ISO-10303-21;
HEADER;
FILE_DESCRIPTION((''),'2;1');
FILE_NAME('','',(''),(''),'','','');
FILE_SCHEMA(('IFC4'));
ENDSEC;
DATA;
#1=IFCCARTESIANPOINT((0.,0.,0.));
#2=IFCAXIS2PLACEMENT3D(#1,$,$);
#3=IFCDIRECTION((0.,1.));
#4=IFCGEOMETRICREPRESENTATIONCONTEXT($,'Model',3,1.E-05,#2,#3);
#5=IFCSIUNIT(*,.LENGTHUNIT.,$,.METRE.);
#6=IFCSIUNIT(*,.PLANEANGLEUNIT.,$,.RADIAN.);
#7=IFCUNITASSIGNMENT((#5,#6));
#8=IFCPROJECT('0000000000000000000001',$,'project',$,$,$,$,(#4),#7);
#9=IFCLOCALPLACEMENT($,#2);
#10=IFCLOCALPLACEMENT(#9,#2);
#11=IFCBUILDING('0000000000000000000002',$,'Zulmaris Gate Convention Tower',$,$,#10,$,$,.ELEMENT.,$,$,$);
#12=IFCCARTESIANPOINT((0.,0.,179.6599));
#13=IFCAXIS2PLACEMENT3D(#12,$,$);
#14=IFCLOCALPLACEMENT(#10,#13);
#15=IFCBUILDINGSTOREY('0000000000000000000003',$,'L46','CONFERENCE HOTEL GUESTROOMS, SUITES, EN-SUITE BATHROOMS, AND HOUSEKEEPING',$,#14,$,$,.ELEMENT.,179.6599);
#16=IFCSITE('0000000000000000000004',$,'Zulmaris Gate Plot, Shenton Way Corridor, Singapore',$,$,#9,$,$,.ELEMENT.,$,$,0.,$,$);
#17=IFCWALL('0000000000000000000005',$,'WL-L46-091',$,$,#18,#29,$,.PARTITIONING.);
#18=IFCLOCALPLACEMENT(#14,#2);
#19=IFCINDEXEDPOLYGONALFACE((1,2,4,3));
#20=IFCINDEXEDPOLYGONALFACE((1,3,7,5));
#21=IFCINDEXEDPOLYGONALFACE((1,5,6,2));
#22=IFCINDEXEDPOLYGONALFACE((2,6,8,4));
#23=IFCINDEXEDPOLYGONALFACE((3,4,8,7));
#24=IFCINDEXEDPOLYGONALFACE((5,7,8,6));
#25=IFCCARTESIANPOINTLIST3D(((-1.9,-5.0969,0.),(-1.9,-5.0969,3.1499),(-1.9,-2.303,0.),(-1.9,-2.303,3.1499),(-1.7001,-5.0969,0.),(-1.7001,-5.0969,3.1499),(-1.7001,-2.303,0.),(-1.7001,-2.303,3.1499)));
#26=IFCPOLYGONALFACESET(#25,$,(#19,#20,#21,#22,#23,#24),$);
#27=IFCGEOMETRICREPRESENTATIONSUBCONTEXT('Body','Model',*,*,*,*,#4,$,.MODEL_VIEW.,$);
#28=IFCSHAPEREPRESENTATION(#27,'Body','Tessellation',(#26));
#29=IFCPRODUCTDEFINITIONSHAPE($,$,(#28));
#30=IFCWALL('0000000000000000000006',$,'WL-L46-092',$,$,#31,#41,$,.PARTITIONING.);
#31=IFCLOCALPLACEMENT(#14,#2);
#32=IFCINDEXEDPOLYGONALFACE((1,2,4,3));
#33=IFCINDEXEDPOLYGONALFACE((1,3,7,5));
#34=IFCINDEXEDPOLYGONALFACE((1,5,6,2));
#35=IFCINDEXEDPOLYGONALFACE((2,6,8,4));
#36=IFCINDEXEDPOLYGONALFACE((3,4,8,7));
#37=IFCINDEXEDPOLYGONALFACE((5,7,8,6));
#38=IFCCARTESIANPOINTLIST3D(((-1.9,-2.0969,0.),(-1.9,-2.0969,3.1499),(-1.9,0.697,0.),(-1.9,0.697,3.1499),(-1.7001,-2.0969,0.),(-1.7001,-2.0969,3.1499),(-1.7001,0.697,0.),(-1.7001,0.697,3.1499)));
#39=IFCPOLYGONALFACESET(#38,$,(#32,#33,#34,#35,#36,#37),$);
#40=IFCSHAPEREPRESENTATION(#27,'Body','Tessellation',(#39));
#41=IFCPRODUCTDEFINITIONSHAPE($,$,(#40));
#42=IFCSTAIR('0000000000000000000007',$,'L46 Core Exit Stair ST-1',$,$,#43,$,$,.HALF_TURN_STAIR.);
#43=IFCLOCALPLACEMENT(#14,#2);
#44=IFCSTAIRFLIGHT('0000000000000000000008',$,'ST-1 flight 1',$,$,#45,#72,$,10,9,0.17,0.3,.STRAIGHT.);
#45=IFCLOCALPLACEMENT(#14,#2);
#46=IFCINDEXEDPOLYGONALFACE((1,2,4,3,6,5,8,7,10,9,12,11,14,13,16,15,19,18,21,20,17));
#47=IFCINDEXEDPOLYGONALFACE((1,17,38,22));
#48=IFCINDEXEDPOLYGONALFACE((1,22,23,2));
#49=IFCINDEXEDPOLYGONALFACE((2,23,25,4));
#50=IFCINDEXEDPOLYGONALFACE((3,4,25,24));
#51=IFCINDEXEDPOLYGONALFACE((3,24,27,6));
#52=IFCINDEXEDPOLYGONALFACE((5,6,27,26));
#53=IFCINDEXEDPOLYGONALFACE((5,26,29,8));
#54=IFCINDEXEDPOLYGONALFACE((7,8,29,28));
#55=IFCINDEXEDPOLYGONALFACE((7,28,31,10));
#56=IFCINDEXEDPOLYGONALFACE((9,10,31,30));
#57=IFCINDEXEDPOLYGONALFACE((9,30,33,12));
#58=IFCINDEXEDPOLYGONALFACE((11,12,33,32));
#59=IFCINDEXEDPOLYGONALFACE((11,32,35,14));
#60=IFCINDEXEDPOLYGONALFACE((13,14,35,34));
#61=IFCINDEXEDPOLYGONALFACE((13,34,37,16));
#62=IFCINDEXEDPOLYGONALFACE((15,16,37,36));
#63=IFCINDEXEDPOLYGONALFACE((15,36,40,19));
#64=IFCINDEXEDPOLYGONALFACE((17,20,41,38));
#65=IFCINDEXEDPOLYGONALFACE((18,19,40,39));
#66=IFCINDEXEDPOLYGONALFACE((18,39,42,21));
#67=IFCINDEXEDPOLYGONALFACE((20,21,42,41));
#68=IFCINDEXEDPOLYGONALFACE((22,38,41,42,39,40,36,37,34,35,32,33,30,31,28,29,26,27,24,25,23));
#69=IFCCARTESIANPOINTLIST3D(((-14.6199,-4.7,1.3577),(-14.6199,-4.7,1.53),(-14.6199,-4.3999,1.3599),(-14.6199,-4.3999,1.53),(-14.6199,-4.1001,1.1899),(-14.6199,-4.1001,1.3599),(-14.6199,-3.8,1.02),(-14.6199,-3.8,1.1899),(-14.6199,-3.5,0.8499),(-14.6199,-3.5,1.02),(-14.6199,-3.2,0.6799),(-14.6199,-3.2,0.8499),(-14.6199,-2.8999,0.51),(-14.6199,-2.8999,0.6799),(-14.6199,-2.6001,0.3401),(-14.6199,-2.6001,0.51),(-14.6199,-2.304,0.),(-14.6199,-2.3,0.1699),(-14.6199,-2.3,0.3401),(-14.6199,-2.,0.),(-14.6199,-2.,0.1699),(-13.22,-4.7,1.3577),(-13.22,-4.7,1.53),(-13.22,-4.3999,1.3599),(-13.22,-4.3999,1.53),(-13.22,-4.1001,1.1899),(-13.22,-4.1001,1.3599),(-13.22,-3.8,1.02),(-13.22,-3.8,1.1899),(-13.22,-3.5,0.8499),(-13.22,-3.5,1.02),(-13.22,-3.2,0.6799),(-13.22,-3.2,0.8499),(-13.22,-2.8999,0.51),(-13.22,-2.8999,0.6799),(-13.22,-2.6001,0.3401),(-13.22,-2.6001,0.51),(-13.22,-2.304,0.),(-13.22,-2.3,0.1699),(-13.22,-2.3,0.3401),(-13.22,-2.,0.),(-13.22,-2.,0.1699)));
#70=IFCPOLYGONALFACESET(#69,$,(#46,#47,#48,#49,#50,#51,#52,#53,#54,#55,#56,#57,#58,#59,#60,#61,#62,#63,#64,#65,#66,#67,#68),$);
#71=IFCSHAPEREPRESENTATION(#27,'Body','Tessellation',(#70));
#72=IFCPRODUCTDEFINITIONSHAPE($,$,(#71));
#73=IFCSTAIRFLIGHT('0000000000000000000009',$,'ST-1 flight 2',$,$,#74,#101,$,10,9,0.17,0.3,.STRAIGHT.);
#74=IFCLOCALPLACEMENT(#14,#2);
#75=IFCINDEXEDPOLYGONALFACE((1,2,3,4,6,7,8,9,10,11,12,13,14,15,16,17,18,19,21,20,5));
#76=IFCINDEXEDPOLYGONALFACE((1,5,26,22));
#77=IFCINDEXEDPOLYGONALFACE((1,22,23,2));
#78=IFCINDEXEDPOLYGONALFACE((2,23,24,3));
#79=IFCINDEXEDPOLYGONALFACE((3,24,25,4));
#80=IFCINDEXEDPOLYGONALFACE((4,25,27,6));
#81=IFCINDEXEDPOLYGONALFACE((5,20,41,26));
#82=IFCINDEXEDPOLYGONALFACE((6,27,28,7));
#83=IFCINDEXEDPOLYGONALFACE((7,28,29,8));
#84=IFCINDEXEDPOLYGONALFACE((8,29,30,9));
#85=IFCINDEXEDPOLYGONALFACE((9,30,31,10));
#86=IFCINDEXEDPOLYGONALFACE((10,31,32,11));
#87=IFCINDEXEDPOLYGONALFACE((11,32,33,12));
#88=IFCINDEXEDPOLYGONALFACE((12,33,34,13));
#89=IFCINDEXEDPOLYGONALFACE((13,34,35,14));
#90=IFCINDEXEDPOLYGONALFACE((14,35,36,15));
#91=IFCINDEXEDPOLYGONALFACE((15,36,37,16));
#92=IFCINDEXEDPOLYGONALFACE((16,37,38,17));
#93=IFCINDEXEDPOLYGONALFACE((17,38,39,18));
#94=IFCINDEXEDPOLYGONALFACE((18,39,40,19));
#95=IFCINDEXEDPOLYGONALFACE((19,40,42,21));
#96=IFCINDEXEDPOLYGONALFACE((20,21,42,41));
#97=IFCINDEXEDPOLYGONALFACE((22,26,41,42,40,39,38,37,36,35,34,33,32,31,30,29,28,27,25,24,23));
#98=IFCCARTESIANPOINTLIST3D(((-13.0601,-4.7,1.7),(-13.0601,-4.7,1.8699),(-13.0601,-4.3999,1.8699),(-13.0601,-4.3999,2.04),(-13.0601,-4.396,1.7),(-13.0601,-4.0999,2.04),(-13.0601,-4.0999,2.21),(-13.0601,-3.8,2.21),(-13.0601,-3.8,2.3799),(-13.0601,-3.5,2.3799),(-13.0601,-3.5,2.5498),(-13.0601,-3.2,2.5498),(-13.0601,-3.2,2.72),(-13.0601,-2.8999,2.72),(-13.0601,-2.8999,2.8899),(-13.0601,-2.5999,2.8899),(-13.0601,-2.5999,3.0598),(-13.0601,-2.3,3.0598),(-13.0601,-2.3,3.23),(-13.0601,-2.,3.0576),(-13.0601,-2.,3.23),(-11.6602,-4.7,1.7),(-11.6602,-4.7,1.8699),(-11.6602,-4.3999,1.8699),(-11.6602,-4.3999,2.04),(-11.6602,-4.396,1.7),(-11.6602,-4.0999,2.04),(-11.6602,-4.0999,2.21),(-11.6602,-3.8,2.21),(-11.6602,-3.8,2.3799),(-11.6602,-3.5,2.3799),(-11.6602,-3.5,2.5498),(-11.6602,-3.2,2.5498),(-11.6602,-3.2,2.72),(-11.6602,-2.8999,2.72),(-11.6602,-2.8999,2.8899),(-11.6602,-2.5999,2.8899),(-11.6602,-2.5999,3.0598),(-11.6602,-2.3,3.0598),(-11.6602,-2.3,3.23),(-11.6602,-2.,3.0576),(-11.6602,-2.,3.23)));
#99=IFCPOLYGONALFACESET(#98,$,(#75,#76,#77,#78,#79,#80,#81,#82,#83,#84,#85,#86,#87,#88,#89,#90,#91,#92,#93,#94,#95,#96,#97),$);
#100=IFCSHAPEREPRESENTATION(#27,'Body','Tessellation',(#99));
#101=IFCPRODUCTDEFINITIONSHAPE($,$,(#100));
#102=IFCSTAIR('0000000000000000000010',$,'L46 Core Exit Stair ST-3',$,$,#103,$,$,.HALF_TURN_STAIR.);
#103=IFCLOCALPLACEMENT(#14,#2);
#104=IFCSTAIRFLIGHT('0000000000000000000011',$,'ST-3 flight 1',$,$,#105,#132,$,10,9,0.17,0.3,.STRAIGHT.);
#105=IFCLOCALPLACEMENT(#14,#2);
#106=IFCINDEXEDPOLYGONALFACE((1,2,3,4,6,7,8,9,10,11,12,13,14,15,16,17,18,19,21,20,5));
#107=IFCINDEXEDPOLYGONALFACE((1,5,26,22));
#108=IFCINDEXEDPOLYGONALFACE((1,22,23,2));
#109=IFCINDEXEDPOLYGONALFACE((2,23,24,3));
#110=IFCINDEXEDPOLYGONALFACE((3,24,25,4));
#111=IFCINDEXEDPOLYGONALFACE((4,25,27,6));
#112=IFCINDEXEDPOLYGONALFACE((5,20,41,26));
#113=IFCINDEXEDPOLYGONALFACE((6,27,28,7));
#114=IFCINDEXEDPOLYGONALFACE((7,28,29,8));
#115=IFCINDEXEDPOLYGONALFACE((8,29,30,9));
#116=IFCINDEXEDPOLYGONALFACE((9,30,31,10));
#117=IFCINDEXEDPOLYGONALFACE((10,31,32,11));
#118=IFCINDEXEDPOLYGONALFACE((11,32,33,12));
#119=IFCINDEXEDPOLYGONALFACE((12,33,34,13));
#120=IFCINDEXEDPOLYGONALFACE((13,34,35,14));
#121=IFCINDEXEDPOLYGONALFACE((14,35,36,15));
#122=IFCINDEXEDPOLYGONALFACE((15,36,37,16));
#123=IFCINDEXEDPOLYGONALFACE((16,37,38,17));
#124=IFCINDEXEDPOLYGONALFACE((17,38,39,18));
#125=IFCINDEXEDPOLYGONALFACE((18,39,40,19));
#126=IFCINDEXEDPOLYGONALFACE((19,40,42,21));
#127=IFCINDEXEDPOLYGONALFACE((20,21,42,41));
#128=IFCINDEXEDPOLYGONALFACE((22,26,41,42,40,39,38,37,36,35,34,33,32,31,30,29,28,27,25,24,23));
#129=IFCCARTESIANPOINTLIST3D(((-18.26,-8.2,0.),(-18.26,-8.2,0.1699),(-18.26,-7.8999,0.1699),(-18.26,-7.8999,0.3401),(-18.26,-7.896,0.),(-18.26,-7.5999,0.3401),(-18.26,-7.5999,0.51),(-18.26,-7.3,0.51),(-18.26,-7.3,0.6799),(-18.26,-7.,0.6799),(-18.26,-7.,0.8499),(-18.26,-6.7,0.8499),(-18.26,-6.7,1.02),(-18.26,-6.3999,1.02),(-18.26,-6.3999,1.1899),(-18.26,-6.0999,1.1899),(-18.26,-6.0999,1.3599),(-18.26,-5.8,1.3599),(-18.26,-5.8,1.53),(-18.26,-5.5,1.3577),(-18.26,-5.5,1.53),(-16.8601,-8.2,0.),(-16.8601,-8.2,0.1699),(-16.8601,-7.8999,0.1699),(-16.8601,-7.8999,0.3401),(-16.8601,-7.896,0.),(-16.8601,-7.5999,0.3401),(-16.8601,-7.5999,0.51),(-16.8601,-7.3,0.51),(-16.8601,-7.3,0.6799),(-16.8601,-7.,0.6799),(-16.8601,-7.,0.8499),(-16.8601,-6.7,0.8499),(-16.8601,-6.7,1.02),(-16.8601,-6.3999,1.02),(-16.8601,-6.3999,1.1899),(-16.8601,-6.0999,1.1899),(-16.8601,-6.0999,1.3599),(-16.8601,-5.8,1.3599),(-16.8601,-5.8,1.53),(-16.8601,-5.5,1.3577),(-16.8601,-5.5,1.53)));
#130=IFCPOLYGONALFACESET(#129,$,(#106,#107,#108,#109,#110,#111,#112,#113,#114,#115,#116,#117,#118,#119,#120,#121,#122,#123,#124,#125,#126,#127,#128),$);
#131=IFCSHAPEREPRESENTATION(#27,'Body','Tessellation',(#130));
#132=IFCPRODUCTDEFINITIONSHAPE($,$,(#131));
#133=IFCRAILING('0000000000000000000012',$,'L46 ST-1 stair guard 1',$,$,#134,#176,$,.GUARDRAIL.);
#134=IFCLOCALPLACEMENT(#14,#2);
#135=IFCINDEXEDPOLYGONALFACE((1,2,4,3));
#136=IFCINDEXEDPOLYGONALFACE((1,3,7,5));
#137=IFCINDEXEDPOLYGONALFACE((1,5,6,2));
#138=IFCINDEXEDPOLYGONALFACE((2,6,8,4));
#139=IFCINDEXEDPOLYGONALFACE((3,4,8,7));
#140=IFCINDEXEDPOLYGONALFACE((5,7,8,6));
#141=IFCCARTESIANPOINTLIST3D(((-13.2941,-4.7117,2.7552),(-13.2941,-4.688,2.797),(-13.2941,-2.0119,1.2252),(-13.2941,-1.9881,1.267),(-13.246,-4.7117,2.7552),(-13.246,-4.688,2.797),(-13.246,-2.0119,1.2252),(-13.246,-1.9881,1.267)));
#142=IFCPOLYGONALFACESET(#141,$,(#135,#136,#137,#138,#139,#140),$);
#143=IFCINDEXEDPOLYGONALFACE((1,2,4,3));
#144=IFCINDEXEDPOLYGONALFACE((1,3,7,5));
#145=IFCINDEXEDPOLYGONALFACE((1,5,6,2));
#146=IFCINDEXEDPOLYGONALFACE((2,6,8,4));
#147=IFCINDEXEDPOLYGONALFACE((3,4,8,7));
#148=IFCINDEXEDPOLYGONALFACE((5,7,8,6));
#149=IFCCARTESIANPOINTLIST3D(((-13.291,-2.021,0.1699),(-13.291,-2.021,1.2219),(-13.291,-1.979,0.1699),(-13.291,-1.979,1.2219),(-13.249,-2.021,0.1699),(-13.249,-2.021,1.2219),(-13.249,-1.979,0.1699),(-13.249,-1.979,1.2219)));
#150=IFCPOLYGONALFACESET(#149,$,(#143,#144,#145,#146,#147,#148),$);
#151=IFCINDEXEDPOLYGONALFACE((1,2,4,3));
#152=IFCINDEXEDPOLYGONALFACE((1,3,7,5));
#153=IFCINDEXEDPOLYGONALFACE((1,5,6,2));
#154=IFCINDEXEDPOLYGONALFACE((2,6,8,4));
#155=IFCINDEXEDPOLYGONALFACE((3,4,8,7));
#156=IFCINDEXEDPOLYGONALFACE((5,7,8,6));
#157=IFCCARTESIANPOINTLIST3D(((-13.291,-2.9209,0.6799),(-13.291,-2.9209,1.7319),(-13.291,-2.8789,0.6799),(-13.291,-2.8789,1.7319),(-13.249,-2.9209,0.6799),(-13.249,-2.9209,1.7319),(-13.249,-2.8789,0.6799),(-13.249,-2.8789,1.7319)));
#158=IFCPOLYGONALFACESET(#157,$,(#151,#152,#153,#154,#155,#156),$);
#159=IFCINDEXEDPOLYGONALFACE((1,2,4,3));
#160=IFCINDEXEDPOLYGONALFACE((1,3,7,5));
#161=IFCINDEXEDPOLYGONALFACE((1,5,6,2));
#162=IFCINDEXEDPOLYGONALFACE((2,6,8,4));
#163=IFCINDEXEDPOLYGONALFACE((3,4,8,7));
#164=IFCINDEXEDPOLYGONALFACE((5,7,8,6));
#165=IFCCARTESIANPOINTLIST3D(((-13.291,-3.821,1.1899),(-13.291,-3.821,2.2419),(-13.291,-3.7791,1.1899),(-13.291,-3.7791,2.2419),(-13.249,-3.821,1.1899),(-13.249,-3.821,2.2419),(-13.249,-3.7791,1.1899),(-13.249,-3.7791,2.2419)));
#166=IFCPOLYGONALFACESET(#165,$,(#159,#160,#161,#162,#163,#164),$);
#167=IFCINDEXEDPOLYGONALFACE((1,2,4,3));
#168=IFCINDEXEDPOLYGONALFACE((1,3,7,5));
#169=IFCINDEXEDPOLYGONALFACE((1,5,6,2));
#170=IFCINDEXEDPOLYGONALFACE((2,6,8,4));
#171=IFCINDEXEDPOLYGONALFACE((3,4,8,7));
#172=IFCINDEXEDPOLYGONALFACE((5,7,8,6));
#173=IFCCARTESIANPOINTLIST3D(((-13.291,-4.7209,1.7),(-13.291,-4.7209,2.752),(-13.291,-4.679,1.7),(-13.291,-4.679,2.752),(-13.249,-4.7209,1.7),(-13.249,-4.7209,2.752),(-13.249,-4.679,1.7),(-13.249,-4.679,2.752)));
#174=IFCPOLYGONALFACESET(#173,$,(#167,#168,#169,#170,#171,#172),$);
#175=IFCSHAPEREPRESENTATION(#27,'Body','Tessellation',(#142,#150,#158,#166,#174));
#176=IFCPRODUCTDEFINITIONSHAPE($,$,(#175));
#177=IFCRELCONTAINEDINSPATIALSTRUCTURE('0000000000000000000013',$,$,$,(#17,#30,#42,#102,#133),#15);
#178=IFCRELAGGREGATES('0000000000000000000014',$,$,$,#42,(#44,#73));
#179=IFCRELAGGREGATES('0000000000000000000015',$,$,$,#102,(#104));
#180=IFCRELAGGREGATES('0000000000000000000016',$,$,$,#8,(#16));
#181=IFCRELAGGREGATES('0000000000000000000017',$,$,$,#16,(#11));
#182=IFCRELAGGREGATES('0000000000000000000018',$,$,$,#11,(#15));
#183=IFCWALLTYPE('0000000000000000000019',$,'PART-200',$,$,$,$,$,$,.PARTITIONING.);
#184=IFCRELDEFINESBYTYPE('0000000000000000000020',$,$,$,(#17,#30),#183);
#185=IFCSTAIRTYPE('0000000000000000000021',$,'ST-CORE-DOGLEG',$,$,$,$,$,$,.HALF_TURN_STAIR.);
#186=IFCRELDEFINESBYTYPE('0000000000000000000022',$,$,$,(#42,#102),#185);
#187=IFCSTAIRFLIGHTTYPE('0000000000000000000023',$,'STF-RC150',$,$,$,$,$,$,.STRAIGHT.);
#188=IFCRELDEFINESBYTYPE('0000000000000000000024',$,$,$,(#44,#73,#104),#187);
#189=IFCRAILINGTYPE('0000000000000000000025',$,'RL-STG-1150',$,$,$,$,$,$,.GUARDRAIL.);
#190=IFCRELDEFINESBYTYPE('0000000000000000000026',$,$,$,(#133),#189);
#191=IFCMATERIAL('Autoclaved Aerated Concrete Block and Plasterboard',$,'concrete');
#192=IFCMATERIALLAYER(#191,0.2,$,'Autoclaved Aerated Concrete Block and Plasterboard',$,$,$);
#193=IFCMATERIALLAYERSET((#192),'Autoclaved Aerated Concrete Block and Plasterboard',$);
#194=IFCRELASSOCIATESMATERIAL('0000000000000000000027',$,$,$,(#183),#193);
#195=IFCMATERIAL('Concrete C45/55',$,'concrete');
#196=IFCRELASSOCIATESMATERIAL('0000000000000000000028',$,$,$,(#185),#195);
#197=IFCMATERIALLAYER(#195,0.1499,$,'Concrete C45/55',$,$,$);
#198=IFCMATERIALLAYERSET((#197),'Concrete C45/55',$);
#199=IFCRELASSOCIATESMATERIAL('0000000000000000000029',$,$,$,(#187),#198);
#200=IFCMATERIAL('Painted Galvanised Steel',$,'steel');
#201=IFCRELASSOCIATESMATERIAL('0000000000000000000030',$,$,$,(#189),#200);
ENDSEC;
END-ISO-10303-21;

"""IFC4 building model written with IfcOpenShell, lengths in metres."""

from ifc_helpers import new_model, si_unit, direction, frame, frame_2d, origin, origin_2d, place, context, subcontext, project, spatial, polyline, rectangle, outline, extrude, material, layer, layer_set, type_object, element, aggregate, save


model = new_model("IFC4")

# Units and contexts
model_context = context("Model", 3, precision=1e-05, world=origin(), true_north=direction((0.0, 1.0)))
body_context = subcontext(model_context, "Body", "Model", "MODEL_VIEW")
ifc_project = project(units=[si_unit("LENGTHUNIT", "METRE"), si_unit("PLANEANGLEUNIT", "RADIAN")], contexts=[model_context])

# Site, building, storey
site_placement = place(None, origin())
site = spatial("IfcSite", under=ifc_project, at=site_placement, Name="Zulmaris Gate Plot, Shenton Way Corridor, Singapore", CompositionType="ELEMENT", RefElevation=0.0)
building_placement = place(site_placement, origin())
building = spatial("IfcBuilding", under=site, at=building_placement, Name="Zulmaris Gate Convention Tower", CompositionType="ELEMENT")
storey_placement = place(building_placement, frame((0.0, 0.0, 179.6599)))
storey = spatial("IfcBuildingStorey", under=building, at=storey_placement, Name="L46", Description="CONFERENCE HOTEL GUESTROOMS, SUITES, EN-SUITE BATHROOMS, AND HOUSEKEEPING", CompositionType="ELEMENT", Elevation=179.6599)

# Walls
ifc_material_1 = material(Name="Autoclaved Aerated Concrete Block and Plasterboard", Category="concrete")
ifc_layer_1 = layer(ifc_material_1, 0.2, Name="Autoclaved Aerated Concrete Block and Plasterboard")
ifc_layer_set_1 = layer_set([ifc_layer_1], Name="Autoclaved Aerated Concrete Block and Plasterboard")
wall_type_1 = type_object("IfcWallType", Name="PART-200", PredefinedType="PARTITIONING", material=ifc_layer_set_1)
for number, where, z_axis, x_axis, name in (
    (1, (-1.8, -5.0969, 0.0), (0.0, 0.0, 1.0), (0.0, 1.0, 0.0), "WL-L46-091"),
    (2, (-1.8, -2.0969, 0.0), (0.0, 0.0, 1.0), (0.0, 1.0, 0.0), "WL-L46-092"),
):
    element("IfcWall", number, at=place(storey_placement, frame(where, z_axis=z_axis, x_axis=x_axis)), inside=storey, type_object=wall_type_1, Name=name, PredefinedType="PARTITIONING", context=body_context, shape_type="SweptSolid", body=[
        extrude(rectangle(XDim=2.7939, YDim=0.2, at=frame_2d((1.397, 0.0))), origin(), (0.0, 0.0, 1.0), 3.1499),
    ])

# Stair, stair flights
ifc_material_2 = material(Name="Concrete C45/55", Category="concrete")
stair_type = type_object("IfcStairType", Name="ST-CORE-DOGLEG", PredefinedType="HALF_TURN_STAIR", material=ifc_material_2)
stair_1_placement = place(storey_placement, origin())
stair_1 = element("IfcStair", 3, at=stair_1_placement, inside=storey, type_object=stair_type, Name="L46 Core Exit Stair ST-1", PredefinedType="HALF_TURN_STAIR")
ifc_layer_2 = layer(ifc_material_2, 0.1499, Name="Concrete C45/55")
ifc_layer_set_2 = layer_set([ifc_layer_2], Name="Concrete C45/55")
stair_flight_type = type_object("IfcStairFlightType", Name="STF-RC150", PredefinedType="STRAIGHT", material=ifc_layer_set_2)
stair_flight_1_placement = place(storey_placement, frame((-13.9199, -2.0, 0.0), z_axis=(0.0, 0.0, 1.0), x_axis=(0.0, -1.0, 0.0)))
stair_flight_1 = element("IfcStairFlight", 4, at=stair_flight_1_placement, type_object=stair_flight_type, Name="ST-1 flight 1", NumberOfRisers=10, NumberOfTreads=9, PredefinedType="STRAIGHT", RiserHeight=0.17, TreadLength=0.3, context=body_context, shape_type="SweptSolid", body=[
    extrude(outline(polyline([(0.0, 0.0), (0.0, 0.1699), (0.3, 0.1699), (0.3, 0.3401), (0.6001, 0.3401), (0.6001, 0.51), (0.8999, 0.51), (0.8999, 0.6799), (1.2, 0.6799), (1.2, 0.8499), (1.5, 0.8499), (1.5, 1.02), (1.8, 1.02), (1.8, 1.1899), (2.1001, 1.1899), (2.1001, 1.3599), (2.3999, 1.3599), (2.3999, 1.53), (2.7, 1.53), (2.7, 1.7), (2.7, 1.3577), (0.304, 0.0), (0.0, 0.0)])), frame((0.0, 0.7, 0.0), z_axis=(0.0, -1.0, 0.0), x_axis=(1.0, 0.0, 0.0)), (0.0, 0.0, 1.0), 1.3999),
])
stair_flight_2_placement = place(storey_placement, frame((-12.3601, -4.7, 1.7), z_axis=(0.0, 0.0, 1.0), x_axis=(0.0, 1.0, 0.0)))
stair_flight_2 = element("IfcStairFlight", 5, at=stair_flight_2_placement, type_object=stair_flight_type, Name="ST-1 flight 2", NumberOfRisers=10, NumberOfTreads=9, PredefinedType="STRAIGHT", RiserHeight=0.17, TreadLength=0.3, context=body_context, shape_type="SweptSolid", body=[
    extrude(outline(polyline([(0.0, 0.0), (0.0, 0.1699), (0.3, 0.1699), (0.3, 0.3401), (0.6001, 0.3401), (0.6001, 0.51), (0.8999, 0.51), (0.8999, 0.6799), (1.2, 0.6799), (1.2, 0.8499), (1.5, 0.8499), (1.5, 1.02), (1.8, 1.02), (1.8, 1.1899), (2.1001, 1.1899), (2.1001, 1.3599), (2.3999, 1.3599), (2.3999, 1.53), (2.7, 1.53), (2.7, 1.7), (2.7, 1.3577), (0.304, 0.0), (0.0, 0.0)])), frame((0.0, 0.7, 0.0), z_axis=(0.0, -1.0, 0.0), x_axis=(1.0, 0.0, 0.0)), (0.0, 0.0, 1.0), 1.3999),
])
aggregate(stair_1, [stair_flight_1, stair_flight_2])

# Stair, stair flight
stair_2_placement = place(storey_placement, origin())
stair_2 = element("IfcStair", 6, at=stair_2_placement, inside=storey, type_object=stair_type, Name="L46 Core Exit Stair ST-3", PredefinedType="HALF_TURN_STAIR")
stair_flight_3_placement = place(storey_placement, frame((-17.5601, -8.2, 0.0), z_axis=(0.0, 0.0, 1.0), x_axis=(0.0, 1.0, 0.0)))
stair_flight_3 = element("IfcStairFlight", 7, at=stair_flight_3_placement, type_object=stair_flight_type, Name="ST-3 flight 1", NumberOfRisers=10, NumberOfTreads=9, PredefinedType="STRAIGHT", RiserHeight=0.17, TreadLength=0.3, context=body_context, shape_type="SweptSolid", body=[
    extrude(outline(polyline([(0.0, 0.0), (0.0, 0.1699), (0.3, 0.1699), (0.3, 0.3401), (0.6001, 0.3401), (0.6001, 0.51), (0.8999, 0.51), (0.8999, 0.6799), (1.2, 0.6799), (1.2, 0.8499), (1.5, 0.8499), (1.5, 1.02), (1.8, 1.02), (1.8, 1.1899), (2.1001, 1.1899), (2.1001, 1.3599), (2.3999, 1.3599), (2.3999, 1.53), (2.7, 1.53), (2.7, 1.7), (2.7, 1.3577), (0.304, 0.0), (0.0, 0.0)])), frame((0.0, 0.7, 0.0), z_axis=(0.0, -1.0, 0.0), x_axis=(1.0, 0.0, 0.0)), (0.0, 0.0, 1.0), 1.3999),
])
aggregate(stair_2, [stair_flight_3])

# Railing
ifc_material_3 = material(Name="Painted Galvanised Steel", Category="steel")
railing_type_1 = type_object("IfcRailingType", Name="RL-STG-1150", PredefinedType="GUARDRAIL", material=ifc_material_3)
railing_1_placement = place(storey_placement, frame((-13.27, -2.0, 0.1699)))
element("IfcRailing", 8, at=railing_1_placement, inside=storey, type_object=railing_type_1, Name="L46 ST-1 stair guard 1", PredefinedType="GUARDRAIL", context=body_context, shape_type="SweptSolid", body=[
    extrude(rectangle(XDim=0.0481, YDim=0.0481, at=origin_2d()), frame((0.0, 0.0, 1.0762), z_axis=(0.0, -0.870014, 0.493026), x_axis=(1.0, 0.0, 0.0)), (0.0, 0.0, 1.0), 3.1033),
    extrude(rectangle(XDim=0.042, YDim=0.042, at=origin_2d()), origin(), (0.0, 0.0, 1.0), 1.052),
    extrude(rectangle(XDim=0.042, YDim=0.042, at=origin_2d()), frame((0.0, -0.8999, 0.51)), (0.0, 0.0, 1.0), 1.052),
    extrude(rectangle(XDim=0.042, YDim=0.042, at=origin_2d()), frame((0.0, -1.8, 1.02)), (0.0, 0.0, 1.0), 1.052),
    extrude(rectangle(XDim=0.042, YDim=0.042, at=origin_2d()), frame((0.0, -2.7, 1.53)), (0.0, 0.0, 1.0), 1.052),
])

save(model, "model.ifc")
